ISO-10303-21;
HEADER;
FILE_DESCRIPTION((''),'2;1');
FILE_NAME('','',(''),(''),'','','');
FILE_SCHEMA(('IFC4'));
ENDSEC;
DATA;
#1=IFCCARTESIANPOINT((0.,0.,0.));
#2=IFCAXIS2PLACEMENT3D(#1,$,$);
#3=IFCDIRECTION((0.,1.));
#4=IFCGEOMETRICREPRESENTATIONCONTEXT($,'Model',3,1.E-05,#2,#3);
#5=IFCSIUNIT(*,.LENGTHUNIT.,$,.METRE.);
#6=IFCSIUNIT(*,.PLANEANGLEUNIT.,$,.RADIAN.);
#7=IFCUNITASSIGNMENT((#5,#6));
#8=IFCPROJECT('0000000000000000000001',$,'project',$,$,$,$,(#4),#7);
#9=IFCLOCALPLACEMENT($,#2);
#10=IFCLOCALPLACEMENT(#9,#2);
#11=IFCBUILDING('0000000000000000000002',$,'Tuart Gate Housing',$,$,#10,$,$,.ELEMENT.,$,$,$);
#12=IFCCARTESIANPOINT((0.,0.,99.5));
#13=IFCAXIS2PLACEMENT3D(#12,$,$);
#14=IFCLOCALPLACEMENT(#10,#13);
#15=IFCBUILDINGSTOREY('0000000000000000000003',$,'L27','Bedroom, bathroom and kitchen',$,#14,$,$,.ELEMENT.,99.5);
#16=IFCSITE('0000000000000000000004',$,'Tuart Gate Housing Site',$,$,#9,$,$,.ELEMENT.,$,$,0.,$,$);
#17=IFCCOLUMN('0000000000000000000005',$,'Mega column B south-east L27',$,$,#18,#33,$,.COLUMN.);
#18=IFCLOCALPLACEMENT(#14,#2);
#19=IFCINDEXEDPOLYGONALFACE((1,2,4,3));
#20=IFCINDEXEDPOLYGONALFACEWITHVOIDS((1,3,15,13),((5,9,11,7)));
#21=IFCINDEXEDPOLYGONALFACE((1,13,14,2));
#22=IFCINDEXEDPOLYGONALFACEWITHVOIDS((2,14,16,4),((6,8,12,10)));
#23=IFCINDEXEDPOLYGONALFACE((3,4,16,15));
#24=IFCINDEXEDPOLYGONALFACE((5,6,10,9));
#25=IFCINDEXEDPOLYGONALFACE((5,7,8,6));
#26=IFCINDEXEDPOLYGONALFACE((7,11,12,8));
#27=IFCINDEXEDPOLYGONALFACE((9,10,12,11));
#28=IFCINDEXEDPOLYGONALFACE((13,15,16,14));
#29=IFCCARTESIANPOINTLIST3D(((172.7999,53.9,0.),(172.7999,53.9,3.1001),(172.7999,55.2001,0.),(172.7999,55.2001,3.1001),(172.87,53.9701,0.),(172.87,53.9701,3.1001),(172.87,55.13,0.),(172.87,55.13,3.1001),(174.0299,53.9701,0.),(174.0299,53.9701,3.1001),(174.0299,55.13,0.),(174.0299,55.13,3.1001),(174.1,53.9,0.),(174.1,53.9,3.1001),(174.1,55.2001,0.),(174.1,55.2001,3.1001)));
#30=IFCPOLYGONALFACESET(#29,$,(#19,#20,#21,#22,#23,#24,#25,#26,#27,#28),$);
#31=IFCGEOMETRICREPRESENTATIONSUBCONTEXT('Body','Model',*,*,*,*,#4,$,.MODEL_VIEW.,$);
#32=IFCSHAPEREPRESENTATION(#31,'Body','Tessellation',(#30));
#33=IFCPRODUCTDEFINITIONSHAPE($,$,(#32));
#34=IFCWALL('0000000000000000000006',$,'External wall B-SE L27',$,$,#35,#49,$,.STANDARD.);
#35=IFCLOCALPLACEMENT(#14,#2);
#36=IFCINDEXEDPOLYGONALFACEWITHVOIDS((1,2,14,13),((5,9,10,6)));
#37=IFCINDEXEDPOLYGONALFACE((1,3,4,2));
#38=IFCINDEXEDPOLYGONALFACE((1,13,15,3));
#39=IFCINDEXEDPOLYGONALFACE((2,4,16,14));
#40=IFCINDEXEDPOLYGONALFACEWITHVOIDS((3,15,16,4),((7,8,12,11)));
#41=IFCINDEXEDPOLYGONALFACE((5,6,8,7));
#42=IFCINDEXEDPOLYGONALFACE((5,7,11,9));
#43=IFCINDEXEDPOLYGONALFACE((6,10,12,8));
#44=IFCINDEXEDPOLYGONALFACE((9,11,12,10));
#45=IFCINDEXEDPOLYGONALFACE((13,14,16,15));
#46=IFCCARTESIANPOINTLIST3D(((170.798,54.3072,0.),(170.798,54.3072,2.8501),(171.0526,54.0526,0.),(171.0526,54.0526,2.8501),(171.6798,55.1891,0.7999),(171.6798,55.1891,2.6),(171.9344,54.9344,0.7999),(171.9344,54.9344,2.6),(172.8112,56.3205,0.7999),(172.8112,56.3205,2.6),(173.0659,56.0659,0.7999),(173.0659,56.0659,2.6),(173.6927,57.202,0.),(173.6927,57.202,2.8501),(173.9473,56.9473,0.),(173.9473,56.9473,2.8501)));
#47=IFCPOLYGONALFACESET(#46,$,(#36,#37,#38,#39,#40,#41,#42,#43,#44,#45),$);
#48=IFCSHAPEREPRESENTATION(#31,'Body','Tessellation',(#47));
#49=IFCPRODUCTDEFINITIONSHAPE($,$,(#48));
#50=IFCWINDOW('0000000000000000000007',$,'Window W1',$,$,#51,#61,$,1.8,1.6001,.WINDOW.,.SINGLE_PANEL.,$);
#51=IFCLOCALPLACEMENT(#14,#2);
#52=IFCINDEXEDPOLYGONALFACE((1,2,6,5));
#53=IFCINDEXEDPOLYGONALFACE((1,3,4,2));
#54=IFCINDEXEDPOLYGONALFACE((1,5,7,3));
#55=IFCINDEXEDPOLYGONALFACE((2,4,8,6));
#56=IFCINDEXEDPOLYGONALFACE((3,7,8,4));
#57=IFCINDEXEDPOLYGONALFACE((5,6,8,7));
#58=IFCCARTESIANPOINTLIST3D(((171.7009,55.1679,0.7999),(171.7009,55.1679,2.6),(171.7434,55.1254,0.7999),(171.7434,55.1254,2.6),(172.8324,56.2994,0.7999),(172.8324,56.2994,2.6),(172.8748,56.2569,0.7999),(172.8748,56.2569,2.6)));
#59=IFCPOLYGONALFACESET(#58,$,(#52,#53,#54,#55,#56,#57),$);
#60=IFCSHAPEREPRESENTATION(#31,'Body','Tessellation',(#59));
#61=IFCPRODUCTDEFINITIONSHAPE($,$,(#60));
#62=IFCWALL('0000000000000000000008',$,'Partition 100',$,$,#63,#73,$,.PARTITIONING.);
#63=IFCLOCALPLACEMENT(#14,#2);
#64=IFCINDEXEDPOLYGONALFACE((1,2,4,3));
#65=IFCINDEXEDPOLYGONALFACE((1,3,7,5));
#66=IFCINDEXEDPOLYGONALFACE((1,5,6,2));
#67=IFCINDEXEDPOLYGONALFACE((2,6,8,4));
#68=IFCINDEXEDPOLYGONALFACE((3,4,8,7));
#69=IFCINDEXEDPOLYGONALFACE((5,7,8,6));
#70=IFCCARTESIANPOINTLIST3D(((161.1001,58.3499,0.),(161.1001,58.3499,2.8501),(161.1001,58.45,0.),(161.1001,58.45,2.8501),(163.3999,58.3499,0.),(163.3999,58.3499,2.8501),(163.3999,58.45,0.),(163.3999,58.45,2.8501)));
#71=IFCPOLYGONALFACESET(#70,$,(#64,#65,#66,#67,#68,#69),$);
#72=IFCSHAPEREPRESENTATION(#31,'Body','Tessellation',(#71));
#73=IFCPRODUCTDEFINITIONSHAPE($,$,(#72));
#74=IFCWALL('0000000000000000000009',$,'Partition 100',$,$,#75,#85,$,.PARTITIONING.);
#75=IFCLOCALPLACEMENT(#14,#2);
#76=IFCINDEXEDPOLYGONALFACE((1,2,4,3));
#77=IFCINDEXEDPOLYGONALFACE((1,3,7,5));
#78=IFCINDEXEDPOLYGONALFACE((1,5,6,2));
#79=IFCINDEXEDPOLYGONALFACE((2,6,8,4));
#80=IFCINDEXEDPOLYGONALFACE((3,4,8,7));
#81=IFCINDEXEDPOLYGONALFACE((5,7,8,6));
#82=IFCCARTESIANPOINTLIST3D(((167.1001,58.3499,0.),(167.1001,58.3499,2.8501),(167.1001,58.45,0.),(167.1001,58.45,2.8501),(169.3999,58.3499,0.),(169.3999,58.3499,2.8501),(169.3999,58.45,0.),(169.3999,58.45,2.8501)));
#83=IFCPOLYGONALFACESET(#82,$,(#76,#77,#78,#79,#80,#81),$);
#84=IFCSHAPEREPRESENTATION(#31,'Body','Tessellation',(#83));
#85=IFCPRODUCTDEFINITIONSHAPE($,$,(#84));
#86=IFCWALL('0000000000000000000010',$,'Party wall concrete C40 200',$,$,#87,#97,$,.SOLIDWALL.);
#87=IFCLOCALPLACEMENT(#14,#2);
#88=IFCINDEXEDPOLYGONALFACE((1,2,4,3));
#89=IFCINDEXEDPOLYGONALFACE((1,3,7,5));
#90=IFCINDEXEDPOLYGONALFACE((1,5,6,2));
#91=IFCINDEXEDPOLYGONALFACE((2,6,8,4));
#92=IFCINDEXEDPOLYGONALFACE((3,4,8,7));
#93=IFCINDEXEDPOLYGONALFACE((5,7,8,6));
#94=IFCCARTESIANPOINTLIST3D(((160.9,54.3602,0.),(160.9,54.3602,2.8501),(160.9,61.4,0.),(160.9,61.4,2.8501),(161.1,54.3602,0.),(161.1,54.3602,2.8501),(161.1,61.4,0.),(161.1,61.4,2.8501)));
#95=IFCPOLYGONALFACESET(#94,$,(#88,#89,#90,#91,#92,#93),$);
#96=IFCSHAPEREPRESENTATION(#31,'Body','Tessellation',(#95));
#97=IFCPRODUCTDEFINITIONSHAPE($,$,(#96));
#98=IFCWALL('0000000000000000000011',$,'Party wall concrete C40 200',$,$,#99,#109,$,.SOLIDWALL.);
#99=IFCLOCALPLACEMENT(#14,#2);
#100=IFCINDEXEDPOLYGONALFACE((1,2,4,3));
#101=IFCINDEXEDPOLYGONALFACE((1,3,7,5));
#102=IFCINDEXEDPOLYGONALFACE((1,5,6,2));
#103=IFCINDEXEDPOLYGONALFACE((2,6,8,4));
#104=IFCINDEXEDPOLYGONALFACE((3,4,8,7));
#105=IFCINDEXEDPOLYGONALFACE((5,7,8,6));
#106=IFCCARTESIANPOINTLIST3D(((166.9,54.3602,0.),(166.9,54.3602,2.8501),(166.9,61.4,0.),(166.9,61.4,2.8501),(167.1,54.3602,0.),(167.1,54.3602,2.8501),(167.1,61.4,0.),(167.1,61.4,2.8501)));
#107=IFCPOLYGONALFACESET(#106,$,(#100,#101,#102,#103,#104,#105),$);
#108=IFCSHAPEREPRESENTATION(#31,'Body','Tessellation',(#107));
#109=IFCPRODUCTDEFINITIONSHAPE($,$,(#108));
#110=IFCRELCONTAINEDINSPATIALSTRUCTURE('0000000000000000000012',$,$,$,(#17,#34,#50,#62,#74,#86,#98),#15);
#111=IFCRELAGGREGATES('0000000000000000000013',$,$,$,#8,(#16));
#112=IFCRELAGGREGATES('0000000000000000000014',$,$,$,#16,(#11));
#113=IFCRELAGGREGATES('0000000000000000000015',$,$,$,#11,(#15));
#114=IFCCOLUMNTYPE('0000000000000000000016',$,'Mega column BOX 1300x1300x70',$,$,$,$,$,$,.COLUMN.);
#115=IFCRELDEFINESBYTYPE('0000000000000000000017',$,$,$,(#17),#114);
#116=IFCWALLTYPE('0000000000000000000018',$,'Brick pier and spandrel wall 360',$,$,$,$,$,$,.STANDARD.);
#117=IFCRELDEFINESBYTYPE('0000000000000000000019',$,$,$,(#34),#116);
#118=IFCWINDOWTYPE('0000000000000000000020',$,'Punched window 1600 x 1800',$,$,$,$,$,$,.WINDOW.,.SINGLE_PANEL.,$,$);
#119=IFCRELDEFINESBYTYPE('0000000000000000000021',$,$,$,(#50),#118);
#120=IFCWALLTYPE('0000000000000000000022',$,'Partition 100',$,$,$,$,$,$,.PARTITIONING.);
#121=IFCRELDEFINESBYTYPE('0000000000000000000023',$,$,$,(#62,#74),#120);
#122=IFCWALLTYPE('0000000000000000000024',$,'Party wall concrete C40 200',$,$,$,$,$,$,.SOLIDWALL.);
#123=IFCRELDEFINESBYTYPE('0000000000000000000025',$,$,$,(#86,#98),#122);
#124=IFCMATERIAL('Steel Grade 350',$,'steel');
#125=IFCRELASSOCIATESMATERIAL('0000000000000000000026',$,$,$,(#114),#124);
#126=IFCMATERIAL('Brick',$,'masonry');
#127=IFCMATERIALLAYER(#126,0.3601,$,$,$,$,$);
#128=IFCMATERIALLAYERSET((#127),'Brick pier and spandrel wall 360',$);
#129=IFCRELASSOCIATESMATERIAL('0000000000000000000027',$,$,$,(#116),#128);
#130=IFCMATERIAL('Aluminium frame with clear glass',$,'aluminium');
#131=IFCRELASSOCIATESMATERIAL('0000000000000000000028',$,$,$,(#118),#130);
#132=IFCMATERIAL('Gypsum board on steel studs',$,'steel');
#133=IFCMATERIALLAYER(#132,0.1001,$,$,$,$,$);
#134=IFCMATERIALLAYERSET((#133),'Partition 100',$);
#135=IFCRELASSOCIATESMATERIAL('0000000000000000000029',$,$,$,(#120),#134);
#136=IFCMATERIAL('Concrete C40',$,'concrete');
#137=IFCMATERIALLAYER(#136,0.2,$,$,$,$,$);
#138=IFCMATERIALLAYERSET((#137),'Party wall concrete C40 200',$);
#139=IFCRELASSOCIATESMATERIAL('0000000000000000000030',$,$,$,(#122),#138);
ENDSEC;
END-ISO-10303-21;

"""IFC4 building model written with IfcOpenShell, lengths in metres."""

from ifc_helpers import new_model, si_unit, direction, frame, frame_2d, origin, origin_2d, place, context, subcontext, project, spatial, rectangle, hollow_rectangle, extrude, material, layer, layer_set, material_profile, profile_set, type_object, element, fill, save


model = new_model("IFC4")

# Units and contexts
model_context = context("Model", 3, precision=1e-05, world=origin(), true_north=direction((0.0, 1.0)))
body_context = subcontext(model_context, "Body", "Model", "MODEL_VIEW")
ifc_project = project(units=[si_unit("LENGTHUNIT", "METRE"), si_unit("PLANEANGLEUNIT", "RADIAN")], contexts=[model_context])

# Site, building, storey
site_placement = place(None, origin())
site = spatial("IfcSite", under=ifc_project, at=site_placement, Name="Tuart Gate Housing Site", CompositionType="ELEMENT", RefElevation=0.0)
building_placement = place(site_placement, origin())
building = spatial("IfcBuilding", under=site, at=building_placement, Name="Tuart Gate Housing", CompositionType="ELEMENT")
storey_placement = place(building_placement, frame((0.0, 0.0, 99.5)))
storey = spatial("IfcBuildingStorey", under=building, at=storey_placement, Name="L27", Description="Bedroom, bathroom and kitchen", CompositionType="ELEMENT", Elevation=99.5)

# Column
ifc_material_1 = material(Name="Steel Grade 350", Category="steel")
ifc_material_profile = material_profile(ifc_material_1, hollow_rectangle(XDim=1.3, YDim=1.3, WallThickness=0.0701, at=origin_2d()), Name="BOX 1300x1300x70")
ifc_profile_set = profile_set([ifc_material_profile], Name="Steel Grade 350")
column_type = type_object("IfcColumnType", Name="Mega column BOX 1300x1300x70", PredefinedType="COLUMN", material=ifc_profile_set)
column_placement = place(storey_placement, frame((173.45, 54.55, 0.0), z_axis=(0.0, 0.0, 1.0), x_axis=(1.0, 0.0, 0.0)))
element("IfcColumn", 1, at=column_placement, inside=storey, type_object=column_type, Name="Mega column B south-east L27", PredefinedType="COLUMN", context=body_context, shape_type="SweptSolid", body=[
    extrude(hollow_rectangle(XDim=1.3, YDim=1.3, WallThickness=0.0701, at=origin_2d()), origin(), (0.0, 0.0, 1.0), 3.1001),
])

# Wall, opening, window
ifc_material_2 = material(Name="Brick", Category="masonry")
ifc_layer_1 = layer(ifc_material_2, 0.3601)
ifc_layer_set_1 = layer_set([ifc_layer_1], Name="Brick pier and spandrel wall 360")
wall_type_1 = type_object("IfcWallType", Name="Brick pier and spandrel wall 360", PredefinedType="STANDARD", material=ifc_layer_set_1)
wall_1_placement = place(storey_placement, frame((170.9253, 54.1799, 0.0), z_axis=(0.0, 0.0, 1.0), x_axis=(0.707107, 0.707107, 0.0)))
wall_1 = element("IfcWall", 2, at=wall_1_placement, inside=storey, type_object=wall_type_1, Name="External wall B-SE L27", PredefinedType="STANDARD", context=body_context, shape_type="SweptSolid", body=[
    extrude(rectangle(XDim=4.0938, YDim=0.3601, at=frame_2d((2.0469, 0.0))), origin(), (0.0, 0.0, 1.0), 2.8501),
])
opening_1_placement = place(wall_1_placement, frame((1.2471, 0.0, 0.8)))
opening_1 = element("IfcOpeningElement", 3, at=opening_1_placement, cuts=wall_1, PredefinedType="OPENING", context=body_context, shape_type="SweptSolid", body=[
    extrude(rectangle(XDim=1.6001, YDim=1.8, at=frame_2d((0.8, 0.8999))), frame((0.0, 0.1899, 0.0), z_axis=(0.0, -1.0, 0.0), x_axis=(1.0, 0.0, 0.0)), (0.0, 0.0, 1.0), 0.3801),
])
ifc_material_3 = material(Name="Aluminium frame with clear glass", Category="aluminium")
window_type_1 = type_object("IfcWindowType", Name="Punched window 1600 x 1800", PartitioningType="SINGLE_PANEL", PredefinedType="WINDOW", material=ifc_material_3)
window_1_placement = place(opening_1_placement, origin())
window_1 = element("IfcWindow", 4, at=window_1_placement, inside=storey, type_object=window_type_1, Name="Window W1", OverallHeight=1.8, OverallWidth=1.6001, PartitioningType="SINGLE_PANEL", PredefinedType="WINDOW", context=body_context, shape_type="SweptSolid", body=[
    extrude(rectangle(XDim=1.6001, YDim=1.8, at=frame_2d((0.8, 0.8999))), frame((0.0, 0.1501, 0.0), z_axis=(0.0, -1.0, 0.0), x_axis=(1.0, 0.0, 0.0)), (0.0, 0.0, 1.0), 0.0601),
])
fill(opening_1, window_1)

# Walls
ifc_material_4 = material(Name="Gypsum board on steel studs", Category="steel")
ifc_layer_2 = layer(ifc_material_4, 0.1001)
ifc_layer_set_2 = layer_set([ifc_layer_2], Name="Partition 100")
wall_type_2 = type_object("IfcWallType", Name="Partition 100", PredefinedType="PARTITIONING", material=ifc_layer_set_2)
for number, where, z_axis, x_axis, name in (
    (5, (161.1001, 58.3999, 0.0), (0.0, 0.0, 1.0), (1.0, 0.0, 0.0), "Partition 100"),
    (6, (167.1001, 58.3999, 0.0), (0.0, 0.0, 1.0), (1.0, 0.0, 0.0), "Partition 100"),
):
    element("IfcWall", number, at=place(storey_placement, frame(where, z_axis=z_axis, x_axis=x_axis)), inside=storey, type_object=wall_type_2, Name=name, PredefinedType="PARTITIONING", context=body_context, shape_type="SweptSolid", body=[
        extrude(rectangle(XDim=2.2998, YDim=0.1001, at=frame_2d((1.1499, 0.0))), origin(), (0.0, 0.0, 1.0), 2.8501),
    ])
ifc_material_5 = material(Name="Concrete C40", Category="concrete")
ifc_layer_3 = layer(ifc_material_5, 0.2)
ifc_layer_set_3 = layer_set([ifc_layer_3], Name="Party wall concrete C40 200")
wall_type_3 = type_object("IfcWallType", Name="Party wall concrete C40 200", PredefinedType="SOLIDWALL", material=ifc_layer_set_3)
for number, where, z_axis, x_axis, name in (
    (7, (161.0, 54.3601, 0.0), (0.0, 0.0, 1.0), (0.0, 1.0, 0.0), "Party wall concrete C40 200"),
    (8, (167.0, 54.3601, 0.0), (0.0, 0.0, 1.0), (0.0, 1.0, 0.0), "Party wall concrete C40 200"),
):
    element("IfcWall", number, at=place(storey_placement, frame(where, z_axis=z_axis, x_axis=x_axis)), inside=storey, type_object=wall_type_3, Name=name, PredefinedType="SOLIDWALL", context=body_context, shape_type="SweptSolid", body=[
        extrude(rectangle(XDim=7.0398, YDim=0.2, at=frame_2d((3.52, 0.0))), origin(), (0.0, 0.0, 1.0), 2.8501),
    ])

save(model, "model.ifc")
